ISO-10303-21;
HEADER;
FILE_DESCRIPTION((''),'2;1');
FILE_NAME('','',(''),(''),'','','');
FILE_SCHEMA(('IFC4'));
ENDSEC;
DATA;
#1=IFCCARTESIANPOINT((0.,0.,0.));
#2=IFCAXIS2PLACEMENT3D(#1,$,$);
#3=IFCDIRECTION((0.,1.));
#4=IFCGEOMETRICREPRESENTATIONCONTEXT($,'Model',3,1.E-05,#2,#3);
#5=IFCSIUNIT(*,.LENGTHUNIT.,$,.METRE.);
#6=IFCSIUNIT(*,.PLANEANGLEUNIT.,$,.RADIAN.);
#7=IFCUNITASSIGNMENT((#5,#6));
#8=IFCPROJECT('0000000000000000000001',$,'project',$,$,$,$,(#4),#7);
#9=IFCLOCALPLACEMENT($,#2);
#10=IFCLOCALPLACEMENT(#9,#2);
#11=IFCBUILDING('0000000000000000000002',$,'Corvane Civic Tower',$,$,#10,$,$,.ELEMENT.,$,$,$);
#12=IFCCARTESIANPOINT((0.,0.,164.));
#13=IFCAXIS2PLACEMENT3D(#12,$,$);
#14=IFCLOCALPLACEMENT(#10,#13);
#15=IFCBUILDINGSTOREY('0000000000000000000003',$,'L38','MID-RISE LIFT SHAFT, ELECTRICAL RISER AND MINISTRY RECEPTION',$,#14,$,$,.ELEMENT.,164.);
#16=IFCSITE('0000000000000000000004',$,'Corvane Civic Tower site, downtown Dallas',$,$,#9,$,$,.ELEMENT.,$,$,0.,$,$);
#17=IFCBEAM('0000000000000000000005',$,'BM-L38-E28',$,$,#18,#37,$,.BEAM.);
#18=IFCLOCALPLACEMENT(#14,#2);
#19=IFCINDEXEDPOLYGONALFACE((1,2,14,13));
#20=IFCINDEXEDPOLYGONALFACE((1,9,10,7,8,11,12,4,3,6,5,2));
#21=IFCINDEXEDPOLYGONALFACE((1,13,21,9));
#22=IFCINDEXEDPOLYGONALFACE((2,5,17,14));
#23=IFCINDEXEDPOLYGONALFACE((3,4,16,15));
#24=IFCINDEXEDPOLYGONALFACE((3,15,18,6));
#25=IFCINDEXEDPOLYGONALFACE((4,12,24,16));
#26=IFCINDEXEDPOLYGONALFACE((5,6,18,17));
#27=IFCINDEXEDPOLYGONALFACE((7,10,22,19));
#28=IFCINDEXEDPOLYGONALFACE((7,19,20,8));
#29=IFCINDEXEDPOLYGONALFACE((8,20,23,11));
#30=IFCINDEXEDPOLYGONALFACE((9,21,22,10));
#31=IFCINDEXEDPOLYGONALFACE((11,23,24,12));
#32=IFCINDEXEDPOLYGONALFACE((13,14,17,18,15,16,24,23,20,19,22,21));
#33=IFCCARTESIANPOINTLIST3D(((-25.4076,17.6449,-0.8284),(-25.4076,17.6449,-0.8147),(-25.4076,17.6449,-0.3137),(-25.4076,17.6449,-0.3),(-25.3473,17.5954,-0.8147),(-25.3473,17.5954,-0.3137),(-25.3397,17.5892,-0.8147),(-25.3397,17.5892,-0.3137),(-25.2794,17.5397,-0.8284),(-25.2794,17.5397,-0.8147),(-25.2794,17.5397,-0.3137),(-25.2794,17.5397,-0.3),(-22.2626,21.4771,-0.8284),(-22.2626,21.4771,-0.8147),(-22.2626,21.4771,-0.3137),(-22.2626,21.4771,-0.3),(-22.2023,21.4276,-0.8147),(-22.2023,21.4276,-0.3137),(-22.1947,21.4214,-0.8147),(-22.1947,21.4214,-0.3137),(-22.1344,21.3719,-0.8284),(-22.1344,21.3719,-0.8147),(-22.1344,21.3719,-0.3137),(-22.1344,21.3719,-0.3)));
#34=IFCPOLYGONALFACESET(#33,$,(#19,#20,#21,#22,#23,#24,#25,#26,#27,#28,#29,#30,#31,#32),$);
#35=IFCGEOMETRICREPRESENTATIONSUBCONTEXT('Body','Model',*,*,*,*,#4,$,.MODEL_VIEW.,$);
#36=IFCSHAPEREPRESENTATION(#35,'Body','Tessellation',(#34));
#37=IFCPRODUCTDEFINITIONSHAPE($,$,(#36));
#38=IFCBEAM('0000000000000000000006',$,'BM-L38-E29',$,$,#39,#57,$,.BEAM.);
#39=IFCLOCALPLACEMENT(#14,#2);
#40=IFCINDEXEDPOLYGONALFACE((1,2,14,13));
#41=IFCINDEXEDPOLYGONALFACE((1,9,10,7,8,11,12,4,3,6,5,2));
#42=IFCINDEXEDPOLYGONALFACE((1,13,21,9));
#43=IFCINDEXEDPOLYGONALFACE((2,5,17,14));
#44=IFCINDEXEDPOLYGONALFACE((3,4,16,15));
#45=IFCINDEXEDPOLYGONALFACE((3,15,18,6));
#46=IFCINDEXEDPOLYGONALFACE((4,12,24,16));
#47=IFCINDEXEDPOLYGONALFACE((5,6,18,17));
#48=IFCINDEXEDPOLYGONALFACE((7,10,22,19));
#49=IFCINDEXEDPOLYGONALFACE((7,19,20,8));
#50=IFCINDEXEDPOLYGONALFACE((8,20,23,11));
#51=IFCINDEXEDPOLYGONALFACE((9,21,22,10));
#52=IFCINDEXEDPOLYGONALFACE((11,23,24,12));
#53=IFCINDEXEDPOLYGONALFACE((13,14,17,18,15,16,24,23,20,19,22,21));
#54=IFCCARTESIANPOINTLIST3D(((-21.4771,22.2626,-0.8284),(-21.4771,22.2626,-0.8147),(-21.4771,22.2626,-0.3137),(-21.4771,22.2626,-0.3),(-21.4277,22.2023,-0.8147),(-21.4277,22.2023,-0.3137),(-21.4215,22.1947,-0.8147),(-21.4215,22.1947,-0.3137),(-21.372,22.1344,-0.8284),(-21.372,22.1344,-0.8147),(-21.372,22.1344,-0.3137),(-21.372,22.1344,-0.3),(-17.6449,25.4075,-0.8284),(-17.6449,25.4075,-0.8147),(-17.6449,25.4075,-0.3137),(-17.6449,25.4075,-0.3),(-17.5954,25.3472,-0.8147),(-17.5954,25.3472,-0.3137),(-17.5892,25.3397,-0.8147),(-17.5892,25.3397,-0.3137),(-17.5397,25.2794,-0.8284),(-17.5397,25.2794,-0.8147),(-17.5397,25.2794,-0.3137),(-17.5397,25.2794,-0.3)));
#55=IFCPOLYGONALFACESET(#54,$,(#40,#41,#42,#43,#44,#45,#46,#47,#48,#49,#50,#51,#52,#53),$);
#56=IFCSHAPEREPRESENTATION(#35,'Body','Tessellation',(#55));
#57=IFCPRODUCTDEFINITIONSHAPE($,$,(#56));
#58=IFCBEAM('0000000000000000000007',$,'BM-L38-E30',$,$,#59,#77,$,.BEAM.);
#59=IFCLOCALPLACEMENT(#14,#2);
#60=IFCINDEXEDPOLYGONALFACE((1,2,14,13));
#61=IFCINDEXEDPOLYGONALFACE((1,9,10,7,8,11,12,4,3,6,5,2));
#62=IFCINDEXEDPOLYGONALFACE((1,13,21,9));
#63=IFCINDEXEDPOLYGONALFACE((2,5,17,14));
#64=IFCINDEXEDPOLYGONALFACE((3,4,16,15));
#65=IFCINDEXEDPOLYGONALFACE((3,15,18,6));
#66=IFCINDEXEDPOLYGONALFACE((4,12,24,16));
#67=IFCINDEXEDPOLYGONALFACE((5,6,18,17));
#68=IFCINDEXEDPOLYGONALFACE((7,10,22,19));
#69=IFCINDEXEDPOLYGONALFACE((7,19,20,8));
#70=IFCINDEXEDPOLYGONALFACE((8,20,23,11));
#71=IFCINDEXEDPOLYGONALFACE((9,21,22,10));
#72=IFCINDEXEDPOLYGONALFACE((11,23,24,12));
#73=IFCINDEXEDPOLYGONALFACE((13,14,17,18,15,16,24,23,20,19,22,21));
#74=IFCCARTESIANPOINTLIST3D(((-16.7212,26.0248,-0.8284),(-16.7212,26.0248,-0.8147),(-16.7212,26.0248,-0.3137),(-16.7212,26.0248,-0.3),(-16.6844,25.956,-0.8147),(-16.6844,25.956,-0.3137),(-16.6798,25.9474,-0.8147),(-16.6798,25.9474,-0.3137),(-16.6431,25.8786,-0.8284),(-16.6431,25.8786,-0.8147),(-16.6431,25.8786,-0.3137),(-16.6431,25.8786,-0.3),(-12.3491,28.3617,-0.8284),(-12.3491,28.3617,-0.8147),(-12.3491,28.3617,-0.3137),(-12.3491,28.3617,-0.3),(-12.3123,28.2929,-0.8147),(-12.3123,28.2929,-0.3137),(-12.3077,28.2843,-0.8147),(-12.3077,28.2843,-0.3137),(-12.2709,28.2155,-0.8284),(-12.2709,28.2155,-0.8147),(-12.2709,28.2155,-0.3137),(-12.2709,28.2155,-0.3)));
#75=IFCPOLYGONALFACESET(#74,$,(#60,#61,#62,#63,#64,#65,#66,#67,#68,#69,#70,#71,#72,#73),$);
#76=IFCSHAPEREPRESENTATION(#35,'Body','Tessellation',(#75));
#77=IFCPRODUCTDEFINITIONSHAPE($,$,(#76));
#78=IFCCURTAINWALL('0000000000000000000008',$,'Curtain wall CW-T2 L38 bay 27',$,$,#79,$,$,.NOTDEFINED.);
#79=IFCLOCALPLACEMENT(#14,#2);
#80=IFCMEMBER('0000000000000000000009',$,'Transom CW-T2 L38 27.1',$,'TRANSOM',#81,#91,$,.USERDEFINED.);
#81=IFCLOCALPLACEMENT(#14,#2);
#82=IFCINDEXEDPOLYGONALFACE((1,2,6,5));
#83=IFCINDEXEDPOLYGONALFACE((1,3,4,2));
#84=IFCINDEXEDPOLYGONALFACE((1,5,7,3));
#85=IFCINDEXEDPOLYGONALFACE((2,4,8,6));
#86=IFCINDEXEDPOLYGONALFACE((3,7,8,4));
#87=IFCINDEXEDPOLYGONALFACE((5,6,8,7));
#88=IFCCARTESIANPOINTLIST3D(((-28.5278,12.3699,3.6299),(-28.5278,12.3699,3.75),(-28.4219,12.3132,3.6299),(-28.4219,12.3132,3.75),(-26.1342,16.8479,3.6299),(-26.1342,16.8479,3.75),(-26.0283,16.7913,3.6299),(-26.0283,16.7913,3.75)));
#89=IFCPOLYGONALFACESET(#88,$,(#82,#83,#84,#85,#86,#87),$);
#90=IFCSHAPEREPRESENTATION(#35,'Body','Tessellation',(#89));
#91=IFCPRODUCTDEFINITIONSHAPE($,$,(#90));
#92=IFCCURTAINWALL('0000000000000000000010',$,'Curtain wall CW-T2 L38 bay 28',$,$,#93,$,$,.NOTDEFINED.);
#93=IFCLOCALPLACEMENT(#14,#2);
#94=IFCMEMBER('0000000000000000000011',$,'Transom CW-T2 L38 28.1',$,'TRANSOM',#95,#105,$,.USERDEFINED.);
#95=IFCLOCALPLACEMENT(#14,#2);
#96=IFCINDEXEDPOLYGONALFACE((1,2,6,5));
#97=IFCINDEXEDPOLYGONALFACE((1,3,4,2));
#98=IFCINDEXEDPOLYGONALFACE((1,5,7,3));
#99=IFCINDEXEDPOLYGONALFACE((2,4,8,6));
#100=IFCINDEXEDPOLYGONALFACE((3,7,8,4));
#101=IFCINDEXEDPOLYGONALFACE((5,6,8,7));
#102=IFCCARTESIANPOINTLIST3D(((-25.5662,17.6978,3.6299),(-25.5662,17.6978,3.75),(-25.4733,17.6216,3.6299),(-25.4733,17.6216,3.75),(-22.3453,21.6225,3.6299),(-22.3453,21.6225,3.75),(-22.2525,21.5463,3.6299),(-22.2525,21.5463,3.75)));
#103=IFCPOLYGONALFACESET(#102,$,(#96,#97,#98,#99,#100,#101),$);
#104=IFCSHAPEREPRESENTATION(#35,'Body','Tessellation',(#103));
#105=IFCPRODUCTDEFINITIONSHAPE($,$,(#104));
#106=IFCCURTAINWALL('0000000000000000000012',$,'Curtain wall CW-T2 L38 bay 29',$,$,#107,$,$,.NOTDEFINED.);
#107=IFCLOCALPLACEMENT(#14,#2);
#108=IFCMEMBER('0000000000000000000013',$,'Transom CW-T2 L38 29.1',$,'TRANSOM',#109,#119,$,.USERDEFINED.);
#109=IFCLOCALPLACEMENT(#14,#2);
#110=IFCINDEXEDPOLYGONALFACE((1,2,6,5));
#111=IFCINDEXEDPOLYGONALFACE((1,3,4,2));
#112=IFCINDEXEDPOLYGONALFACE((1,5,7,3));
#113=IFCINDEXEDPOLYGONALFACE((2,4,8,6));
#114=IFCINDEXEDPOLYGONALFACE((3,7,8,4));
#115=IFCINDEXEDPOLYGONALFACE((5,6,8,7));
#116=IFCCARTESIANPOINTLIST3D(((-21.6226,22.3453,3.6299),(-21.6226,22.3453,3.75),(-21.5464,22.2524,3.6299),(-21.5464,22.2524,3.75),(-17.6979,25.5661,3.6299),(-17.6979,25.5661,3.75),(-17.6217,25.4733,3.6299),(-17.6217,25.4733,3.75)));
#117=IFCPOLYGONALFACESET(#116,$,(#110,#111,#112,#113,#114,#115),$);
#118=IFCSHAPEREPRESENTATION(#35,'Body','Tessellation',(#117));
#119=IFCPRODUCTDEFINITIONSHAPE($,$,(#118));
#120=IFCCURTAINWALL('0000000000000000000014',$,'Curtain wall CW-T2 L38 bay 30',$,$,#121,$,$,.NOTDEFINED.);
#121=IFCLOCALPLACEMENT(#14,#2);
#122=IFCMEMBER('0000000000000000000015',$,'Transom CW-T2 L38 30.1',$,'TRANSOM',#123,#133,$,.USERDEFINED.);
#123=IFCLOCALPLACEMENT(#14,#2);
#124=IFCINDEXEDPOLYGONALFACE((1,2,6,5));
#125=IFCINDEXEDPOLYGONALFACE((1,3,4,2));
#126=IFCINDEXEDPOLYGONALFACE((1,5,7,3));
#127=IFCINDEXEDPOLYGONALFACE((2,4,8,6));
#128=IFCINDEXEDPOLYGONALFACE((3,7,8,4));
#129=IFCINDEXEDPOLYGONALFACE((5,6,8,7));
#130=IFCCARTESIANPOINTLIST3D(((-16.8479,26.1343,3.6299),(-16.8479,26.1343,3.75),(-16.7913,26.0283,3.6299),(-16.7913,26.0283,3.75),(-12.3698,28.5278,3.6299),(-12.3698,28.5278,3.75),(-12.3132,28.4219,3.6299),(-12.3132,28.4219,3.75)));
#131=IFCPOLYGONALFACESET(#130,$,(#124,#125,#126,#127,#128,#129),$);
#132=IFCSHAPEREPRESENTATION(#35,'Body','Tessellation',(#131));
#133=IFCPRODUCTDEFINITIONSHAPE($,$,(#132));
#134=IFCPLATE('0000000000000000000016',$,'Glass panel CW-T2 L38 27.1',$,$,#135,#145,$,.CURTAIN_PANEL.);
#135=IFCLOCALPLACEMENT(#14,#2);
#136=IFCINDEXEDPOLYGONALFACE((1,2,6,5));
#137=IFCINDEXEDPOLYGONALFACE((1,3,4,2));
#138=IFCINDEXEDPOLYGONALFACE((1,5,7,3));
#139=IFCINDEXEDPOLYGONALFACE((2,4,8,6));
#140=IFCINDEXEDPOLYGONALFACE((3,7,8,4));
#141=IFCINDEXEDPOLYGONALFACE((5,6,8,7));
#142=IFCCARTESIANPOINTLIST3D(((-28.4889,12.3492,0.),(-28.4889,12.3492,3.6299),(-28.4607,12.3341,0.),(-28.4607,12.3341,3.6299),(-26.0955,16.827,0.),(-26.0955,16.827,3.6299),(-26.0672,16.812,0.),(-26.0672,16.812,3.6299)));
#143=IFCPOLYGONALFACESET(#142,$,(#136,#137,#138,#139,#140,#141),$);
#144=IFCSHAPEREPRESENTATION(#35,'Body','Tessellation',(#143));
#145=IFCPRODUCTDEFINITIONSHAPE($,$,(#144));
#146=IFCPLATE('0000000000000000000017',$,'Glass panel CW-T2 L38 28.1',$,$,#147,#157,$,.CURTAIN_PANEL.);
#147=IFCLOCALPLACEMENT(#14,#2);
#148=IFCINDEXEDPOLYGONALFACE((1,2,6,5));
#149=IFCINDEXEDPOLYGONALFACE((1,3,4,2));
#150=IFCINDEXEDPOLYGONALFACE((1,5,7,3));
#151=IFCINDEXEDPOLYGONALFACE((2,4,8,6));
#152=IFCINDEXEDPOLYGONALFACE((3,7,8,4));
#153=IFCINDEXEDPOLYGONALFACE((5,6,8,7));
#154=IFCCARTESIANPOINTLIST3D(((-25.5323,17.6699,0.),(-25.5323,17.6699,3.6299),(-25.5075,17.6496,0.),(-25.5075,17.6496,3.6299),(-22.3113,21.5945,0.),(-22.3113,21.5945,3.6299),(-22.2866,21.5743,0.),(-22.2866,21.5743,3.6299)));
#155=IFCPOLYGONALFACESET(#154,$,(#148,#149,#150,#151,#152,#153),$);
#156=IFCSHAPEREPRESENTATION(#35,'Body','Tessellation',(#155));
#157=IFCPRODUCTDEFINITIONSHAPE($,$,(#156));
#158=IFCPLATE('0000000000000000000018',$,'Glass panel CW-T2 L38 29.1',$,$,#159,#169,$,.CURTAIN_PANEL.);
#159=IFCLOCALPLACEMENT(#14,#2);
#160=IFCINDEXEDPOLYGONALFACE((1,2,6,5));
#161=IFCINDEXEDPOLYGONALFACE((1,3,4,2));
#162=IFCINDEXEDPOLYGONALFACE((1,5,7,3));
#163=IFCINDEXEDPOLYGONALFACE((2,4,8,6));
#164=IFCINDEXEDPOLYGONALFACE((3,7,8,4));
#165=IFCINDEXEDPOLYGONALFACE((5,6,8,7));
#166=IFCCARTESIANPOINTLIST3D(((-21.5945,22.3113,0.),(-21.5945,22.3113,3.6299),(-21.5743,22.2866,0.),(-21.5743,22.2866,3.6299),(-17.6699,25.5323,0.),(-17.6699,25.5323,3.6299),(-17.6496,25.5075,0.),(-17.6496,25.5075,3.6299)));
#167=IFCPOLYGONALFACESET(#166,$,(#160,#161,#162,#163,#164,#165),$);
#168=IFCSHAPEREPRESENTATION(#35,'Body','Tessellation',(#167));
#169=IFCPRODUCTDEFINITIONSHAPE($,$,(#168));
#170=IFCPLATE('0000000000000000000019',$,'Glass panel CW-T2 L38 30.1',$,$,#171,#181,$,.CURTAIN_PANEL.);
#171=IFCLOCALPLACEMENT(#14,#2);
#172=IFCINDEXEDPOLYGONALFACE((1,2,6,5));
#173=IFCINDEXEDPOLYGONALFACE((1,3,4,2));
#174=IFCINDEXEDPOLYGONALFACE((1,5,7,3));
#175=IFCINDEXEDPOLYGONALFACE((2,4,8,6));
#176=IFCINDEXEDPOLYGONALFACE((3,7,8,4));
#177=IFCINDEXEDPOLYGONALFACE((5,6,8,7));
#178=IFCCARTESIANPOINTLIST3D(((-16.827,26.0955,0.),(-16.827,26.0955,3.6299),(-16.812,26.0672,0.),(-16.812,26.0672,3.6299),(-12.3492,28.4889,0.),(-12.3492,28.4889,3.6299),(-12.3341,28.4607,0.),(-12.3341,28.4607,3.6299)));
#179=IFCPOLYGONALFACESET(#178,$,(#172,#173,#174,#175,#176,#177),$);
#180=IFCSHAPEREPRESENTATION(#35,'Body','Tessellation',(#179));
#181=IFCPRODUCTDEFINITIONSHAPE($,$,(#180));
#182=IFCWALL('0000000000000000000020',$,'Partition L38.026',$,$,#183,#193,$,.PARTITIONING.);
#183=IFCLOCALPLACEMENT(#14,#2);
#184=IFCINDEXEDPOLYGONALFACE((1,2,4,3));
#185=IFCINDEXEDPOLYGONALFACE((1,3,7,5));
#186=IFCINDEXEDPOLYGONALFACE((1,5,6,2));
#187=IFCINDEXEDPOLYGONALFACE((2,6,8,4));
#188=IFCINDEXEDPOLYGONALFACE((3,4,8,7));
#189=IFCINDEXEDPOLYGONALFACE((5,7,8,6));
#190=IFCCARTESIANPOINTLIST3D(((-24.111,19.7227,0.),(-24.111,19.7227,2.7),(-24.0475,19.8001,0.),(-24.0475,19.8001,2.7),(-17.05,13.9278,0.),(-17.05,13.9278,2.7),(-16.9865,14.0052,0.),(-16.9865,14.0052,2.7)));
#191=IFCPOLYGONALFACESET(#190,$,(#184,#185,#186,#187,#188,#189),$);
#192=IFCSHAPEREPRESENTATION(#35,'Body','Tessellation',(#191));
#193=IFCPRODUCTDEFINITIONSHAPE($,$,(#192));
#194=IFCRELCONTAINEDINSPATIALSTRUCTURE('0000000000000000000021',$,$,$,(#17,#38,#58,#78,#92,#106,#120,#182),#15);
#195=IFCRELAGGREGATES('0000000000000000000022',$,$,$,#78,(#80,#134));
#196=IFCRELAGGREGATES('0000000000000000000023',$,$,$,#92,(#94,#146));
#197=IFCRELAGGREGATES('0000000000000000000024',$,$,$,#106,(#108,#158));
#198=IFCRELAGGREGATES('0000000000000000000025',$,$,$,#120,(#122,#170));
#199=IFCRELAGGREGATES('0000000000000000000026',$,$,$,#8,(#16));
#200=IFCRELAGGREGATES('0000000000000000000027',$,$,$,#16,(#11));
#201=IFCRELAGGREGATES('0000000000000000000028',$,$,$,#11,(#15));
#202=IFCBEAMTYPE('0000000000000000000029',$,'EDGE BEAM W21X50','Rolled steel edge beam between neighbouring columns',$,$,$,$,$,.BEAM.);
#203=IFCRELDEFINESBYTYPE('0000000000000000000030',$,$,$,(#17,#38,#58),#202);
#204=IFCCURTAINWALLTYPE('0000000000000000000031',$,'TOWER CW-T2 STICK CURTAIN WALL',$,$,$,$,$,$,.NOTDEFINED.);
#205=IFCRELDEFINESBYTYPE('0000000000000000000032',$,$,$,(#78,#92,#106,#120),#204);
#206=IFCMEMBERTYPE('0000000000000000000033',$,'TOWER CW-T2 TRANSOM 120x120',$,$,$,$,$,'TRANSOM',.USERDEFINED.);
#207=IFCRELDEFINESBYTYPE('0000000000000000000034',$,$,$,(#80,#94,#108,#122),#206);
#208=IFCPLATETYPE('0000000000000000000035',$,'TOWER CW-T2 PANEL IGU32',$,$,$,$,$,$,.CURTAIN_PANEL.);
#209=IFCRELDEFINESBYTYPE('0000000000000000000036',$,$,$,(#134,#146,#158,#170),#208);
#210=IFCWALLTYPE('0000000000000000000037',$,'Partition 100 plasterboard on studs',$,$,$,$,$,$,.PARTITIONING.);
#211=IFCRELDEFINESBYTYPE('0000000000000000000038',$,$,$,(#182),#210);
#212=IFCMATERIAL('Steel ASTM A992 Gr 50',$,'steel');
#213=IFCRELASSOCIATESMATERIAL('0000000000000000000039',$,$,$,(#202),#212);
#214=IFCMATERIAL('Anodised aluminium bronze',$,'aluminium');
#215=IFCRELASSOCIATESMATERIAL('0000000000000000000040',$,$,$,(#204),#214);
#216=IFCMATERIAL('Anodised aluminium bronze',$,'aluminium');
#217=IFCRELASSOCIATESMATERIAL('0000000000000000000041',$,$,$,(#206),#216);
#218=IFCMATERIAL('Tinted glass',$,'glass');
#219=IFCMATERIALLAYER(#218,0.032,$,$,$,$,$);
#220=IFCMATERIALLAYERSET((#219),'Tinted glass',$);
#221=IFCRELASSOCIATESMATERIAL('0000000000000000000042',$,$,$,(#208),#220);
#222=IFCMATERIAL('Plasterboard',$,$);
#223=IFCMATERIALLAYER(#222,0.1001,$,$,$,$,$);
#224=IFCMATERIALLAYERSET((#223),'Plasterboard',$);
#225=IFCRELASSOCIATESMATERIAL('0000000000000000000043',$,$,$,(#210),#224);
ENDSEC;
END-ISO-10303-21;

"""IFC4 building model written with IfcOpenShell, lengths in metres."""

from ifc_helpers import new_model, si_unit, direction, frame, frame_2d, origin, origin_2d, place, context, subcontext, project, spatial, rectangle, i_section, extrude, material, layer, layer_set, material_profile, profile_set, type_object, element, aggregate, save


model = new_model("IFC4")

# Units and contexts
model_context = context("Model", 3, precision=1e-05, world=origin(), true_north=direction((0.0, 1.0)))
body_context = subcontext(model_context, "Body", "Model", "MODEL_VIEW")
ifc_project = project(units=[si_unit("LENGTHUNIT", "METRE"), si_unit("PLANEANGLEUNIT", "RADIAN")], contexts=[model_context])

# Site, building, storey
site_placement = place(None, origin())
site = spatial("IfcSite", under=ifc_project, at=site_placement, Name="Corvane Civic Tower site, downtown Dallas", CompositionType="ELEMENT", RefElevation=0.0)
building_placement = place(site_placement, origin())
building = spatial("IfcBuilding", under=site, at=building_placement, Name="Corvane Civic Tower", CompositionType="ELEMENT")
storey_placement = place(building_placement, frame((0.0, 0.0, 164.0)))
storey = spatial("IfcBuildingStorey", under=building, at=storey_placement, Name="L38", Description="MID-RISE LIFT SHAFT, ELECTRICAL RISER AND MINISTRY RECEPTION", CompositionType="ELEMENT", Elevation=164.0)

# Beams
ifc_material_1 = material(Name="Steel ASTM A992 Gr 50", Category="steel")
ifc_material_profile_1 = material_profile(ifc_material_1, i_section(OverallWidth=0.1658, OverallDepth=0.5283, WebThickness=0.0098, FlangeThickness=0.0137, at=origin_2d()), Name="W21X50")
ifc_profile_set_1 = profile_set([ifc_material_profile_1], Name="Steel ASTM A992 Gr 50")
beam_type = type_object("IfcBeamType", Name="EDGE BEAM W21X50", Description="Rolled steel edge beam between neighbouring columns", PredefinedType="BEAM", material=ifc_profile_set_1)
for number, where, z_axis, x_axis, name in (
    (1, (-25.3435, 17.5923, -0.5642), (0.634388, 0.773015, 0.0), (-0.773015, 0.634388, 0.0), "BM-L38-E28"),
    (2, (-21.4246, 22.1985, -0.5642), (0.773015, 0.634388, 0.0), (-0.634388, 0.773015, 0.0), "BM-L38-E29"),
    (3, (-16.6821, 25.9517, -0.5642), (0.881922, 0.471396, 0.0), (-0.471396, 0.881922, 0.0), "BM-L38-E30"),
):
    element("IfcBeam", number, at=place(storey_placement, frame(where, z_axis=z_axis, x_axis=x_axis)), inside=storey, type_object=beam_type, Name=name, PredefinedType="BEAM", context=body_context, shape_type="SweptSolid", body=[
        extrude(i_section(OverallWidth=0.1658, OverallDepth=0.5283, WebThickness=0.0098, FlangeThickness=0.0137, at=origin_2d()), origin(), (0.0, 0.0, 1.0), 4.9575),
    ])

# Curtain walls, members
ifc_material_2 = material(Name="Anodised aluminium bronze", Category="aluminium")
curtain_wall_type = type_object("IfcCurtainWallType", Name="TOWER CW-T2 STICK CURTAIN WALL", PredefinedType="NOTDEFINED", material=ifc_material_2)
curtain_wall_1_placement = place(storey_placement, origin())
curtain_wall_1 = element("IfcCurtainWall", 4, at=curtain_wall_1_placement, inside=storey, type_object=curtain_wall_type, Name="Curtain wall CW-T2 L38 bay 27", PredefinedType="NOTDEFINED")
ifc_material_3 = material(Name="Anodised aluminium bronze", Category="aluminium")
ifc_material_profile_2 = material_profile(ifc_material_3, rectangle(XDim=0.1201, YDim=0.1201, at=origin_2d()), Name="TOWER CW-T2 TRANSOM 120x120")
ifc_profile_set_2 = profile_set([ifc_material_profile_2], Name="Anodised aluminium bronze")
member_type = type_object("IfcMemberType", Name="TOWER CW-T2 TRANSOM 120x120", ElementType="TRANSOM", PredefinedType="USERDEFINED", material=ifc_profile_set_2)
member_1_placement = place(storey_placement, frame((-28.4749, 12.3416, 3.6899), z_axis=(0.471397, 0.881921, 0.0), x_axis=(-0.881921, 0.471397, 0.0)))
member_1 = element("IfcMember", 5, at=member_1_placement, type_object=member_type, Name="Transom CW-T2 L38 27.1", ObjectType="TRANSOM", PredefinedType="USERDEFINED", context=body_context, shape_type="SweptSolid", body=[
    extrude(rectangle(XDim=0.1201, YDim=0.1201, at=origin_2d()), origin(), (0.0, 0.0, 1.0), 5.0776),
])
curtain_wall_2_placement = place(storey_placement, origin())
curtain_wall_2 = element("IfcCurtainWall", 6, at=curtain_wall_2_placement, inside=storey, type_object=curtain_wall_type, Name="Curtain wall CW-T2 L38 bay 28", PredefinedType="NOTDEFINED")
member_2_placement = place(storey_placement, frame((-25.5198, 17.6597, 3.6899), z_axis=(0.634387, 0.773016, 0.0), x_axis=(-0.773016, 0.634387, 0.0)))
member_2 = element("IfcMember", 7, at=member_2_placement, type_object=member_type, Name="Transom CW-T2 L38 28.1", ObjectType="TRANSOM", PredefinedType="USERDEFINED", context=body_context, shape_type="SweptSolid", body=[
    extrude(rectangle(XDim=0.1201, YDim=0.1201, at=origin_2d()), origin(), (0.0, 0.0, 1.0), 5.0771),
])
curtain_wall_3_placement = place(storey_placement, origin())
curtain_wall_3 = element("IfcCurtainWall", 8, at=curtain_wall_3_placement, inside=storey, type_object=curtain_wall_type, Name="Curtain wall CW-T2 L38 bay 29", PredefinedType="NOTDEFINED")
member_3_placement = place(storey_placement, frame((-21.5845, 22.2988, 3.6899), z_axis=(0.773016, 0.634387, 0.0), x_axis=(-0.634387, 0.773016, 0.0)))
member_3 = element("IfcMember", 9, at=member_3_placement, type_object=member_type, Name="Transom CW-T2 L38 29.1", ObjectType="TRANSOM", PredefinedType="USERDEFINED", context=body_context, shape_type="SweptSolid", body=[
    extrude(rectangle(XDim=0.1201, YDim=0.1201, at=origin_2d()), origin(), (0.0, 0.0, 1.0), 5.0771),
])
curtain_wall_4_placement = place(storey_placement, origin())
curtain_wall_4 = element("IfcCurtainWall", 10, at=curtain_wall_4_placement, inside=storey, type_object=curtain_wall_type, Name="Curtain wall CW-T2 L38 bay 30", PredefinedType="NOTDEFINED")
member_4_placement = place(storey_placement, frame((-16.8196, 26.0813, 3.6899), z_axis=(0.881921, 0.471397, 0.0), x_axis=(-0.471397, 0.881921, 0.0)))
member_4 = element("IfcMember", 11, at=member_4_placement, type_object=member_type, Name="Transom CW-T2 L38 30.1", ObjectType="TRANSOM", PredefinedType="USERDEFINED", context=body_context, shape_type="SweptSolid", body=[
    extrude(rectangle(XDim=0.1201, YDim=0.1201, at=origin_2d()), origin(), (0.0, 0.0, 1.0), 5.0776),
])

# Plates
ifc_material_4 = material(Name="Tinted glass", Category="glass")
ifc_layer_1 = layer(ifc_material_4, 0.032)
ifc_layer_set_1 = layer_set([ifc_layer_1], Name="Tinted glass")
plate_type = type_object("IfcPlateType", Name="TOWER CW-T2 PANEL IGU32", PredefinedType="CURTAIN_PANEL", material=ifc_layer_set_1)
plate_1_placement = place(storey_placement, frame((-27.2781, 14.5806, 0.0), z_axis=(0.0, 0.0, 1.0), x_axis=(0.471395, 0.881922, 0.0)))
plate_1 = element("IfcPlate", 12, at=plate_1_placement, type_object=plate_type, Name="Glass panel CW-T2 L38 27.1", PredefinedType="CURTAIN_PANEL", context=body_context, shape_type="SweptSolid", body=[
    extrude(rectangle(XDim=5.0774, YDim=0.032, at=origin_2d()), origin(), (0.0, 0.0, 1.0), 3.6299),
])
aggregate(curtain_wall_1, [member_1, plate_1])
plate_2_placement = place(storey_placement, frame((-23.9094, 19.6221, 0.0), z_axis=(0.0, 0.0, 1.0), x_axis=(0.6344, 0.773005, 0.0)))
plate_2 = element("IfcPlate", 13, at=plate_2_placement, type_object=plate_type, Name="Glass panel CW-T2 L38 28.1", PredefinedType="CURTAIN_PANEL", context=body_context, shape_type="SweptSolid", body=[
    extrude(rectangle(XDim=5.0771, YDim=0.032, at=origin_2d()), origin(), (0.0, 0.0, 1.0), 3.6299),
])
aggregate(curtain_wall_2, [member_2, plate_2])
plate_3_placement = place(storey_placement, frame((-19.6221, 23.9094, 0.0), z_axis=(0.0, 0.0, 1.0), x_axis=(0.773005, 0.6344, 0.0)))
plate_3 = element("IfcPlate", 14, at=plate_3_placement, type_object=plate_type, Name="Glass panel CW-T2 L38 29.1", PredefinedType="CURTAIN_PANEL", context=body_context, shape_type="SweptSolid", body=[
    extrude(rectangle(XDim=5.0771, YDim=0.032, at=origin_2d()), origin(), (0.0, 0.0, 1.0), 3.6299),
])
aggregate(curtain_wall_3, [member_3, plate_3])
plate_4_placement = place(storey_placement, frame((-14.5806, 27.2781, 0.0), z_axis=(0.0, 0.0, 1.0), x_axis=(0.881922, 0.471395, 0.0)))
plate_4 = element("IfcPlate", 15, at=plate_4_placement, type_object=plate_type, Name="Glass panel CW-T2 L38 30.1", PredefinedType="CURTAIN_PANEL", context=body_context, shape_type="SweptSolid", body=[
    extrude(rectangle(XDim=5.0774, YDim=0.032, at=origin_2d()), origin(), (0.0, 0.0, 1.0), 3.6299),
])
aggregate(curtain_wall_4, [member_4, plate_4])

# Wall
ifc_material_5 = material(Name="Plasterboard")
ifc_layer_2 = layer(ifc_material_5, 0.1001)
ifc_layer_set_2 = layer_set([ifc_layer_2], Name="Plasterboard")
wall_type_1 = type_object("IfcWallType", Name="Partition 100 plasterboard on studs", PredefinedType="PARTITIONING", material=ifc_layer_set_2)
wall_1_placement = place(storey_placement, frame((-24.0793, 19.7615, 0.0), z_axis=(0.0, 0.0, 1.0), x_axis=(0.773006, -0.634399, 0.0)))
element("IfcWall", 16, at=wall_1_placement, inside=storey, type_object=wall_type_1, Name="Partition L38.026", PredefinedType="PARTITIONING", context=body_context, shape_type="SweptSolid", body=[
    extrude(rectangle(XDim=9.1345, YDim=0.1001, at=frame_2d((4.5674, 0.0))), origin(), (0.0, 0.0, 1.0), 2.7),
])

save(model, "model.ifc")
